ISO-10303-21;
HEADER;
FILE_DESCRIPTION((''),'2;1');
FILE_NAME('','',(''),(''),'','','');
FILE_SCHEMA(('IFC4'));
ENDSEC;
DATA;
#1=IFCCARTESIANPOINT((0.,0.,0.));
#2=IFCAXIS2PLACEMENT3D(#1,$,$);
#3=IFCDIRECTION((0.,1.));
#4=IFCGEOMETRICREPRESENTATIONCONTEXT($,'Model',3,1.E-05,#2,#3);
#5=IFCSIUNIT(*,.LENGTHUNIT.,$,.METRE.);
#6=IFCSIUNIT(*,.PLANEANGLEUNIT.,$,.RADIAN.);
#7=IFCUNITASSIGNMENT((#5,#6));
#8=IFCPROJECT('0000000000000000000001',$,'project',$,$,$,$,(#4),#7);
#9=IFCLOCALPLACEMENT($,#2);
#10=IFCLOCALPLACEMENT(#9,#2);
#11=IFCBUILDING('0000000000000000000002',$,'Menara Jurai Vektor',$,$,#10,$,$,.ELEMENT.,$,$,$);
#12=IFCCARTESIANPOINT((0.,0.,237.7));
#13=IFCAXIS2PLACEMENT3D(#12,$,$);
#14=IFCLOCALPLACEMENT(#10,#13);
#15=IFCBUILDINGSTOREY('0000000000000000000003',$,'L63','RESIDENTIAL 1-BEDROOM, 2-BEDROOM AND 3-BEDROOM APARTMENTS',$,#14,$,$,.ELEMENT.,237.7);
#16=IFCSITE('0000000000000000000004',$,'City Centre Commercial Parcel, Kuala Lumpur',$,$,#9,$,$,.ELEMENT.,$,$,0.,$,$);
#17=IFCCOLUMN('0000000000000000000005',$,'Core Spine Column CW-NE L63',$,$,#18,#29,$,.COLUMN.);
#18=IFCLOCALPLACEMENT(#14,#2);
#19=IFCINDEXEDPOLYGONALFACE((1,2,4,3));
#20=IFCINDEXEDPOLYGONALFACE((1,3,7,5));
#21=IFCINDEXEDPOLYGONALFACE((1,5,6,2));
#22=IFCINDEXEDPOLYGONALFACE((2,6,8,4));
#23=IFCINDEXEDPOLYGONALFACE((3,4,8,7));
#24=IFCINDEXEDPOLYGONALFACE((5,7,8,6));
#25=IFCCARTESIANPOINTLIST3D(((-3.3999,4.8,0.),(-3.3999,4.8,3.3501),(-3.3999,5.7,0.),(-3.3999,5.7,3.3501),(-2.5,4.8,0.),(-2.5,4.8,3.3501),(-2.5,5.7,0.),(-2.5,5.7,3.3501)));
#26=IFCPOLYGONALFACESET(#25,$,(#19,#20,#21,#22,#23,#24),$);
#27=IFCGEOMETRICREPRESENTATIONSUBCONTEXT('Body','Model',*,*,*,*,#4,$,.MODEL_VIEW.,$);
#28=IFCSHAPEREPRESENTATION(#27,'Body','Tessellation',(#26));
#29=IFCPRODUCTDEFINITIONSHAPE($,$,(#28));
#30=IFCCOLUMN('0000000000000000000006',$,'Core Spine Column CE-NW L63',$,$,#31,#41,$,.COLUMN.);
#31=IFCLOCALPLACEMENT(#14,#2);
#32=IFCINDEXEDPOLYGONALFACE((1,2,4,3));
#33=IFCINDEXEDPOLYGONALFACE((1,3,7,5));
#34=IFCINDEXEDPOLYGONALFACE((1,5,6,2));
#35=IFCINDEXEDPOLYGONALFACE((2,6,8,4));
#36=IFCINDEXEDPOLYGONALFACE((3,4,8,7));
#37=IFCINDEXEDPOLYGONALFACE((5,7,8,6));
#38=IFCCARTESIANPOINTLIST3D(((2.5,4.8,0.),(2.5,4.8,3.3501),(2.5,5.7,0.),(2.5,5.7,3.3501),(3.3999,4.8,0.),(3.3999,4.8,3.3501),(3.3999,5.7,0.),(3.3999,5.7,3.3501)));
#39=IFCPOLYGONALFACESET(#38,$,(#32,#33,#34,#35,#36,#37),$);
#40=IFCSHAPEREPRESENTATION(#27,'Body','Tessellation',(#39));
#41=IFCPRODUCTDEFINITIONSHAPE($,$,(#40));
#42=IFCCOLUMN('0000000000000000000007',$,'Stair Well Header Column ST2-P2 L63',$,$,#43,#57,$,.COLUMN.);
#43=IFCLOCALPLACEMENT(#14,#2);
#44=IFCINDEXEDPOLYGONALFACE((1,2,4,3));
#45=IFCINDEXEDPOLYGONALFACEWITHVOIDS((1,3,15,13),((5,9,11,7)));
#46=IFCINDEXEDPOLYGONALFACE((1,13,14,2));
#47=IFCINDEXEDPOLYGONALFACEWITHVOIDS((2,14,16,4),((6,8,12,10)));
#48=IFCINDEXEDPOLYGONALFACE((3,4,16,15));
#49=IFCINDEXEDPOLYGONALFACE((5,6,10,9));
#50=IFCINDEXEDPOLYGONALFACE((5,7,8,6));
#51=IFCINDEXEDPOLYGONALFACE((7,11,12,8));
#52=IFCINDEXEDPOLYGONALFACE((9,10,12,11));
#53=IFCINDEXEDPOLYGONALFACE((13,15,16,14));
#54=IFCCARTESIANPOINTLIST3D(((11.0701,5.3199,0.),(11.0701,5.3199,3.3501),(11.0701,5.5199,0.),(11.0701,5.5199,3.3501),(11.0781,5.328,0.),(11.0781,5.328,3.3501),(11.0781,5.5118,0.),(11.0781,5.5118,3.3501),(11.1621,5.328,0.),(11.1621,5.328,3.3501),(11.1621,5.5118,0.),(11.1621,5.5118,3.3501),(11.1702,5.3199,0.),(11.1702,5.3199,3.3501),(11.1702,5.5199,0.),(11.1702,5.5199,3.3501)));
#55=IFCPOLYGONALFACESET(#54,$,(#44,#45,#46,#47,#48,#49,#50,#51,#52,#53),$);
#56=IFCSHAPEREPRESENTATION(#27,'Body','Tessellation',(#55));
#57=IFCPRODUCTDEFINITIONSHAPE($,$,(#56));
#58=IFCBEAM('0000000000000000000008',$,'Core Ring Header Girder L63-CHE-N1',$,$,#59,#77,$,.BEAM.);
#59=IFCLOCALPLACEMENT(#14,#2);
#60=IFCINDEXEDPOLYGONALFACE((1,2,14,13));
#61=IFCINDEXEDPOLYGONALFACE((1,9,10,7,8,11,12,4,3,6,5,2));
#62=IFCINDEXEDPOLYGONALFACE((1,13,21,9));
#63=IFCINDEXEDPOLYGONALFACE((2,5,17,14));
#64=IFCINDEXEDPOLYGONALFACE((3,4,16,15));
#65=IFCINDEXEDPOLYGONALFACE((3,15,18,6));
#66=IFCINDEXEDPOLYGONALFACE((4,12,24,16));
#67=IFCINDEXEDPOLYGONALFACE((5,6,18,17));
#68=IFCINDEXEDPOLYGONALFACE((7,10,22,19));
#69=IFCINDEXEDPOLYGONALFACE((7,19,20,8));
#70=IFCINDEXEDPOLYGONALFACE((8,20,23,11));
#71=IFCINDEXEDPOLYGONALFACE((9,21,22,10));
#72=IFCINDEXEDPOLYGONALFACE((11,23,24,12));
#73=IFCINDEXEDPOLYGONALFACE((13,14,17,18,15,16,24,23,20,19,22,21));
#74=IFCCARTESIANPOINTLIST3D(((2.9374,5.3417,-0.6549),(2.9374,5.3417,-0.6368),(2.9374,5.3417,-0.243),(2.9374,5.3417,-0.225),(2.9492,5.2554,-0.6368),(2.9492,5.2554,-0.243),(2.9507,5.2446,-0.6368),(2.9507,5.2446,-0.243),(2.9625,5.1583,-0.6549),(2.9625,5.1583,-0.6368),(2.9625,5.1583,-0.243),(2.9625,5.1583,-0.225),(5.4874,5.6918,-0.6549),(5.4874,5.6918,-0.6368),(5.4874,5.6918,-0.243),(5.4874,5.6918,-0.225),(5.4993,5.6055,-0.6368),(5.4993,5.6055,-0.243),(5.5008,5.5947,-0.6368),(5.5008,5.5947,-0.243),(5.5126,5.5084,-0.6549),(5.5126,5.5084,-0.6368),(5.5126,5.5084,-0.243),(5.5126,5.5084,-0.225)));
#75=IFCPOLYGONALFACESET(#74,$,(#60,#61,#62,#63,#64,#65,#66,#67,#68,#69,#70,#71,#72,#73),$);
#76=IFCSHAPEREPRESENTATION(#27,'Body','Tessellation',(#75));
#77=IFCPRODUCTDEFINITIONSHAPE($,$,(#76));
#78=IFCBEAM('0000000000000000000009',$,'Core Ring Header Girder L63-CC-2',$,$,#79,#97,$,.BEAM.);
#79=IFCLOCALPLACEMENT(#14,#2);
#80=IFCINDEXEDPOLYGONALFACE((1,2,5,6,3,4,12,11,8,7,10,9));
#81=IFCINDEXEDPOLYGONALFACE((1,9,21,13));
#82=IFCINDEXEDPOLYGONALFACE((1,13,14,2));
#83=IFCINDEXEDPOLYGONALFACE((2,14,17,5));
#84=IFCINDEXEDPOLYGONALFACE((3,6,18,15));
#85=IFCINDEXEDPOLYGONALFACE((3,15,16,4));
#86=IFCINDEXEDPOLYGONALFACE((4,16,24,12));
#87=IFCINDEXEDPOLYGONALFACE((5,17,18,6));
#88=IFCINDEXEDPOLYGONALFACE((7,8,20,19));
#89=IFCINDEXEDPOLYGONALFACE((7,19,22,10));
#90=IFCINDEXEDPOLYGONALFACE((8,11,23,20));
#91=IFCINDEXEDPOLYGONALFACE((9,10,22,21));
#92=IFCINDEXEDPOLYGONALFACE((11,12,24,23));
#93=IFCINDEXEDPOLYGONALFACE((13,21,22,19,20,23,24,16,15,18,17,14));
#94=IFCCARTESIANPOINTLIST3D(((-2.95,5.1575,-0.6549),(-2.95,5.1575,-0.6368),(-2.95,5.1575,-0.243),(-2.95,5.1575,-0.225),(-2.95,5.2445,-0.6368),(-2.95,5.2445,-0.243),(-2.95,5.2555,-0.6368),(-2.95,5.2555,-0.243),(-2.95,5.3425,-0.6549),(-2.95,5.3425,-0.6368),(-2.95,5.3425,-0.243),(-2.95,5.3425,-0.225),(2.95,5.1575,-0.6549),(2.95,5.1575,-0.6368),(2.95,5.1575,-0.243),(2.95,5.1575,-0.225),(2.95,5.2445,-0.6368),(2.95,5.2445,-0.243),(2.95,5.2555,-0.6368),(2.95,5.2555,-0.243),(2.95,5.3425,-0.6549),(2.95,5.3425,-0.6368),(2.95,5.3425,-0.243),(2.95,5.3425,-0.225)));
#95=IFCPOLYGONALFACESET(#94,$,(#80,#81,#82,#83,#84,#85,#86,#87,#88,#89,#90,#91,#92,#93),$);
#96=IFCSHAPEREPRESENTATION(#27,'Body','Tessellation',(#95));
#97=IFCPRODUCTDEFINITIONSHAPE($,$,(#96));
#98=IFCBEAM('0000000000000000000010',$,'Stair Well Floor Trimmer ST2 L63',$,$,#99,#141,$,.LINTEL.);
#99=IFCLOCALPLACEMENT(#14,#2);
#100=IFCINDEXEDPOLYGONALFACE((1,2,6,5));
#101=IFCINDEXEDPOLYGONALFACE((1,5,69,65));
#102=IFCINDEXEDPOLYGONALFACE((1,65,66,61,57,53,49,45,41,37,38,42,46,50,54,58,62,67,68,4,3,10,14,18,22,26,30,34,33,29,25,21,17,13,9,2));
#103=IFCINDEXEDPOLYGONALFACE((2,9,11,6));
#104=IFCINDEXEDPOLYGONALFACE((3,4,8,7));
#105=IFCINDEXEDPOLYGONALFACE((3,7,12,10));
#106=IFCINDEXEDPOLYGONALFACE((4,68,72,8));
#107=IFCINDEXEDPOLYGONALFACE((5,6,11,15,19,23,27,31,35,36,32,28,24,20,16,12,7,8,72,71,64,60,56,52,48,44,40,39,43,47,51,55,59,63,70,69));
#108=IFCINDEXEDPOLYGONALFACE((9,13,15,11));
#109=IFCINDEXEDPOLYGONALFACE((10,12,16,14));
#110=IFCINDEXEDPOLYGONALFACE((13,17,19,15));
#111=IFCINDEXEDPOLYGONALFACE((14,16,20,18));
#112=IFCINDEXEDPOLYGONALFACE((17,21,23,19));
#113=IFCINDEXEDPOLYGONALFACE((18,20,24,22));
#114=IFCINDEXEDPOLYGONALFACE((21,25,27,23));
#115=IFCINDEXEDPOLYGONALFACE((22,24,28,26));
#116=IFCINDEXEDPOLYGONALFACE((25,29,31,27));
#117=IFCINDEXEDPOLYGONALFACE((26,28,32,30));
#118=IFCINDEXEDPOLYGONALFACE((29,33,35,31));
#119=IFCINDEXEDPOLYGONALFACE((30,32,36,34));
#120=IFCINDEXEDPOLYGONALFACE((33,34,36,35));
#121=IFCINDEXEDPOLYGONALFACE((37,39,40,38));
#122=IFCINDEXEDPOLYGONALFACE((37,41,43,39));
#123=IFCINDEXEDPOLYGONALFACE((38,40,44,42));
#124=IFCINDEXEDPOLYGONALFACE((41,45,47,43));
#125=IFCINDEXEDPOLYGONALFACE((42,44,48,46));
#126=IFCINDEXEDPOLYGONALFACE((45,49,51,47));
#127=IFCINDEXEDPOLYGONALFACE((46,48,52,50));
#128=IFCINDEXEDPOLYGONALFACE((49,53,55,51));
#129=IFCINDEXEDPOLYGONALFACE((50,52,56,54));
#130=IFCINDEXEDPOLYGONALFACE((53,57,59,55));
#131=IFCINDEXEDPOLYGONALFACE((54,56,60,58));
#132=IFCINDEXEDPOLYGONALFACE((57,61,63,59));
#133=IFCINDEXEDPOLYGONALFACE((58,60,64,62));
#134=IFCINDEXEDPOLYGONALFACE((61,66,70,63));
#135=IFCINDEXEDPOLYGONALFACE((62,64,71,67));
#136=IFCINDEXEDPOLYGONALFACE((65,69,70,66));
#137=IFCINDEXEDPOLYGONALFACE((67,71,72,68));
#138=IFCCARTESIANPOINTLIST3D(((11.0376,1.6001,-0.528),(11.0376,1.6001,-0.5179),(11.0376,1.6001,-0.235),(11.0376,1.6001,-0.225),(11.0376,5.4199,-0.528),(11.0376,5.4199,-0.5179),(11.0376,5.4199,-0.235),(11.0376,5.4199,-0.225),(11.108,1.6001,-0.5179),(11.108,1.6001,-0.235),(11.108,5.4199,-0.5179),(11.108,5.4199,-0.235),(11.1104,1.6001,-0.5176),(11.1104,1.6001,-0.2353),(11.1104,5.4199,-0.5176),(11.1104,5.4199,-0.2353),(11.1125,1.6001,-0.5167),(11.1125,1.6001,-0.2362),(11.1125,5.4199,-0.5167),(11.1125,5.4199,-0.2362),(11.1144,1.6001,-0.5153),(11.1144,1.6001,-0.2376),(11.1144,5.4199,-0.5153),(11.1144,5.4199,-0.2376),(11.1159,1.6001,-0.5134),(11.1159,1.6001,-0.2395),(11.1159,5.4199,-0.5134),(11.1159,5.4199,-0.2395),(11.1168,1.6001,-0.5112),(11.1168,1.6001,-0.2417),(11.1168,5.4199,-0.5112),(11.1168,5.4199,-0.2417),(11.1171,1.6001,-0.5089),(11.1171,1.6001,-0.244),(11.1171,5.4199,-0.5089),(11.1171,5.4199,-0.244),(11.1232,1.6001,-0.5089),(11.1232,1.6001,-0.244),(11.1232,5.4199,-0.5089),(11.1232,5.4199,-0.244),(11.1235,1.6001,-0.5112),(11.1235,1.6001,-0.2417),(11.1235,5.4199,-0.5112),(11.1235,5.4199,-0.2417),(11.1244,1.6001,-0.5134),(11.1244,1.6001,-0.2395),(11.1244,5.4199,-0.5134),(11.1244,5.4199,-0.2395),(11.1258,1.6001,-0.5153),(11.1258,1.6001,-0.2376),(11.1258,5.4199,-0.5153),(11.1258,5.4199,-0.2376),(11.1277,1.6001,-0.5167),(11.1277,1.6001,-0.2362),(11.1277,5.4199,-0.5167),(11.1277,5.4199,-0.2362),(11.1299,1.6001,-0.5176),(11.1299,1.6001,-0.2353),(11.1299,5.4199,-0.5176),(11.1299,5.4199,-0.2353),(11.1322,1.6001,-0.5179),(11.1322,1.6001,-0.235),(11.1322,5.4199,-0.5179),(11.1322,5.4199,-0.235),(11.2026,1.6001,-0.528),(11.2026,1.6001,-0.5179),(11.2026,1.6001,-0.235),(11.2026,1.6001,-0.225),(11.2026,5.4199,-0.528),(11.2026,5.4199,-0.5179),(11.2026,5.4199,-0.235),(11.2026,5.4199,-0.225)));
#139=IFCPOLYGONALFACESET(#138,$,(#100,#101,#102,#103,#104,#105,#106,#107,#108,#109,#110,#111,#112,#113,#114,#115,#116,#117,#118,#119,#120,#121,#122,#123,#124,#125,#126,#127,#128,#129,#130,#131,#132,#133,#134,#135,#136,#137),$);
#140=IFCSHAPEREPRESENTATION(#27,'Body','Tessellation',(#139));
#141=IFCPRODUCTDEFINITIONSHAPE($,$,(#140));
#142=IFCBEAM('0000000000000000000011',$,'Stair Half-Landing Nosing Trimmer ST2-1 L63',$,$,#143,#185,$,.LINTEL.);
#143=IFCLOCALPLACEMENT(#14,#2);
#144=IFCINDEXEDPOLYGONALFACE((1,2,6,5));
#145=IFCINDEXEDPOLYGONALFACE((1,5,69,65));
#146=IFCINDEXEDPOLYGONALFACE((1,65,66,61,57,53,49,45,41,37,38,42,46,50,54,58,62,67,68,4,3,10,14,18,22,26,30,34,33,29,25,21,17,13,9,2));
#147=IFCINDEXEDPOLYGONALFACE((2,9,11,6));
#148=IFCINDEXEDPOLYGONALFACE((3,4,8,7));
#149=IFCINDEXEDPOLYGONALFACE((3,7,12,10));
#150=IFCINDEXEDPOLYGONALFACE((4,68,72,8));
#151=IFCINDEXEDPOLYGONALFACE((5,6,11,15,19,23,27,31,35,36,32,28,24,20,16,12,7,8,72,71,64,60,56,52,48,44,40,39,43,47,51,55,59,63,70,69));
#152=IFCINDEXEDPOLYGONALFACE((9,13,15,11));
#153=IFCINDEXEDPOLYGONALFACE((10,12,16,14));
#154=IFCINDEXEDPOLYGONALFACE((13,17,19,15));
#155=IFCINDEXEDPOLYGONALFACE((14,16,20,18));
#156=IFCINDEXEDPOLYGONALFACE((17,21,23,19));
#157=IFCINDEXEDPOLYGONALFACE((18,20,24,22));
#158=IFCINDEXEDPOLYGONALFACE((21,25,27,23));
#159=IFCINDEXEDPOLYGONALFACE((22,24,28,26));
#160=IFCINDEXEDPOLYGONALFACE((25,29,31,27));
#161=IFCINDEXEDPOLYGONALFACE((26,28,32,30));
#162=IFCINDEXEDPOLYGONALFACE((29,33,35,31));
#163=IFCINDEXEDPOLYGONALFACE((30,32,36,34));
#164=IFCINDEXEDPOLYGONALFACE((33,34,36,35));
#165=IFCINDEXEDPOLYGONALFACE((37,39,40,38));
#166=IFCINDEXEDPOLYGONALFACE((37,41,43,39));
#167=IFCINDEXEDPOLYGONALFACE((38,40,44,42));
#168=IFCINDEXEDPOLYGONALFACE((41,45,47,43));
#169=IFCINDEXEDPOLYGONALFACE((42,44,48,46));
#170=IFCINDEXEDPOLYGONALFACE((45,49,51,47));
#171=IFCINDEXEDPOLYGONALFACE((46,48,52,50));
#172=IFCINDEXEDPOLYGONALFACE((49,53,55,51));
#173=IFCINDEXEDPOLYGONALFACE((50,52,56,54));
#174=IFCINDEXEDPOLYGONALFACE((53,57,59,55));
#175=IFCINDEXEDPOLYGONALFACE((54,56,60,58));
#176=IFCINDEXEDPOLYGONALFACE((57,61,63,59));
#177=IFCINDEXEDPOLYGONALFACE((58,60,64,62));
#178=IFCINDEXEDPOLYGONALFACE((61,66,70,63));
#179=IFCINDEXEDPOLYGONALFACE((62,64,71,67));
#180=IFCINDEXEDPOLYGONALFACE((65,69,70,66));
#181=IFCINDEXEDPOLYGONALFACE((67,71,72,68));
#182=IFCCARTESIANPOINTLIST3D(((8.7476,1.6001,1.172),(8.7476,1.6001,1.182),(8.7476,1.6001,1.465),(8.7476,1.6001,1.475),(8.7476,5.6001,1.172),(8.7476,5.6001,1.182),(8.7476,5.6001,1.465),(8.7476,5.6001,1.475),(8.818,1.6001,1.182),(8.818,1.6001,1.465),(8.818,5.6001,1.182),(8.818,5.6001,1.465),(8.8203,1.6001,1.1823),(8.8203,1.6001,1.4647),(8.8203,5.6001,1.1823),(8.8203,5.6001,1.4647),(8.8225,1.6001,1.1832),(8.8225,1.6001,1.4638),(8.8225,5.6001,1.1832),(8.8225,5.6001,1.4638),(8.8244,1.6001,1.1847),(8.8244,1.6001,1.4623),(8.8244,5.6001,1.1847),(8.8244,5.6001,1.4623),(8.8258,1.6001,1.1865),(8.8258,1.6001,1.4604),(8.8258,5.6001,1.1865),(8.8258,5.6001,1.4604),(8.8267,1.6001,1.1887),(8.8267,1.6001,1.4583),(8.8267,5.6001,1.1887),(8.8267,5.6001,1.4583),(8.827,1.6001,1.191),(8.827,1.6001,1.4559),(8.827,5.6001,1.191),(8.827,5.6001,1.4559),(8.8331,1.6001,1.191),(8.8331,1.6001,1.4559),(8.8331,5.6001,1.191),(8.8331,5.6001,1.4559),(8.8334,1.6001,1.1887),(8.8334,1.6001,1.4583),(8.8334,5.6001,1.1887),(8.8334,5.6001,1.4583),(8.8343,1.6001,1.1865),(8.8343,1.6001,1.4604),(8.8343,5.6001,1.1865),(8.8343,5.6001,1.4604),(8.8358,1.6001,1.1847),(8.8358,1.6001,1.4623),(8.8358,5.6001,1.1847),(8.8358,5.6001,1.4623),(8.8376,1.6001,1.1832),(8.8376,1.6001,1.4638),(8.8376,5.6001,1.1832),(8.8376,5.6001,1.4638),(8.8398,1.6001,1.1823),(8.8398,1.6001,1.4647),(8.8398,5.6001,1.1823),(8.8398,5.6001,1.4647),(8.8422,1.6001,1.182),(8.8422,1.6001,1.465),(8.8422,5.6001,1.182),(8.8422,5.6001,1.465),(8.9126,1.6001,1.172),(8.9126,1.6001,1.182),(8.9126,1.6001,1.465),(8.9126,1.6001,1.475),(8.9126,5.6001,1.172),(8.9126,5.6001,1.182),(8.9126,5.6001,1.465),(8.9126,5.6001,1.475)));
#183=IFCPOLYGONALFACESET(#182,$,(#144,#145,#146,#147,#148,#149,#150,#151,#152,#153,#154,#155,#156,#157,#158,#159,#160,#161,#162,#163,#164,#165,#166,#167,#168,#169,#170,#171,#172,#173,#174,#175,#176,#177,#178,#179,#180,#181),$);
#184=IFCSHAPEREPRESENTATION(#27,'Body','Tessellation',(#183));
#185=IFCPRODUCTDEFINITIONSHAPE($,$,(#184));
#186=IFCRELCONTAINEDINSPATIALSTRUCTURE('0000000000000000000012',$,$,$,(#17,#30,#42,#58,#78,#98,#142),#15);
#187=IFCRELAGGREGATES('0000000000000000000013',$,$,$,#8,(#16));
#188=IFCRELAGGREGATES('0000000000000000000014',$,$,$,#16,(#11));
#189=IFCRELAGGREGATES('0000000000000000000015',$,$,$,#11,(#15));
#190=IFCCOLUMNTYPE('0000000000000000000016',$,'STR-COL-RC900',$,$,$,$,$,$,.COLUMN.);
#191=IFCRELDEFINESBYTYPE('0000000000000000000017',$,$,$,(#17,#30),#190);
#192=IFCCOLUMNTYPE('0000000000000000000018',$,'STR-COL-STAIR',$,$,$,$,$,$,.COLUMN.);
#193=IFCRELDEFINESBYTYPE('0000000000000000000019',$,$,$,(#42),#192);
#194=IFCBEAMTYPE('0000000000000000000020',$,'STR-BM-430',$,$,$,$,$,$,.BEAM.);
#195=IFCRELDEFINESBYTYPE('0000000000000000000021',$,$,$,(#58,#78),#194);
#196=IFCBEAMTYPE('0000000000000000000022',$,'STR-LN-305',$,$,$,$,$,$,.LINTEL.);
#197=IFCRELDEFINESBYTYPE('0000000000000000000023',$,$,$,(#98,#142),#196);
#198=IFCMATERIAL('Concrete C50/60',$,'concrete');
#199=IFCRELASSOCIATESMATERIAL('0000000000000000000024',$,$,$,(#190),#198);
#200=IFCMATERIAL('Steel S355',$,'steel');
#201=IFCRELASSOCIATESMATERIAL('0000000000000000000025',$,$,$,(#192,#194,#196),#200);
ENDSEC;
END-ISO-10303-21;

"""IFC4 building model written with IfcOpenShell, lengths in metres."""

from ifc_helpers import new_model, si_unit, direction, frame, origin, origin_2d, place, context, subcontext, project, spatial, rectangle, hollow_rectangle, i_section, extrude, material, material_profile, profile_set, type_object, element, save


model = new_model("IFC4")

# Units and contexts
model_context = context("Model", 3, precision=1e-05, world=origin(), true_north=direction((0.0, 1.0)))
body_context = subcontext(model_context, "Body", "Model", "MODEL_VIEW")
ifc_project = project(units=[si_unit("LENGTHUNIT", "METRE"), si_unit("PLANEANGLEUNIT", "RADIAN")], contexts=[model_context])

# Site, building, storey
site_placement = place(None, origin())
site = spatial("IfcSite", under=ifc_project, at=site_placement, Name="City Centre Commercial Parcel, Kuala Lumpur", CompositionType="ELEMENT", RefElevation=0.0)
building_placement = place(site_placement, origin())
building = spatial("IfcBuilding", under=site, at=building_placement, Name="Menara Jurai Vektor", CompositionType="ELEMENT")
storey_placement = place(building_placement, frame((0.0, 0.0, 237.7)))
storey = spatial("IfcBuildingStorey", under=building, at=storey_placement, Name="L63", Description="RESIDENTIAL 1-BEDROOM, 2-BEDROOM AND 3-BEDROOM APARTMENTS", CompositionType="ELEMENT", Elevation=237.7)

# Columns
ifc_material_1 = material(Name="Concrete C50/60", Category="concrete")
ifc_material_profile_1 = material_profile(ifc_material_1, rectangle(XDim=0.8999, YDim=0.8999, at=origin_2d()), Name="RC 900x900")
ifc_profile_set_1 = profile_set([ifc_material_profile_1], Name="Concrete C50/60")
column_type_1 = type_object("IfcColumnType", Name="STR-COL-RC900", PredefinedType="COLUMN", material=ifc_profile_set_1)
for number, where, z_axis, x_axis, name in (
    (1, (-2.95, 5.25, 0.0), (0.0, 0.0, 1.0), (1.0, 0.0, 0.0), "Core Spine Column CW-NE L63"),
    (2, (2.95, 5.25, 0.0), (0.0, 0.0, 1.0), (1.0, 0.0, 0.0), "Core Spine Column CE-NW L63"),
):
    element("IfcColumn", number, at=place(storey_placement, frame(where, z_axis=z_axis, x_axis=x_axis)), inside=storey, type_object=column_type_1, Name=name, PredefinedType="COLUMN", context=body_context, shape_type="SweptSolid", body=[
        extrude(rectangle(XDim=0.8999, YDim=0.8999, at=origin_2d()), origin(), (0.0, 0.0, 1.0), 3.3501),
    ])
ifc_material_2 = material(Name="Steel S355", Category="steel")
ifc_material_profile_2 = material_profile(ifc_material_2, hollow_rectangle(XDim=0.1001, YDim=0.2, WallThickness=0.0081, at=origin_2d()), Name="RHS 200x100x8")
ifc_profile_set_2 = profile_set([ifc_material_profile_2], Name="Steel S355")
column_type_2 = type_object("IfcColumnType", Name="STR-COL-STAIR", PredefinedType="COLUMN", material=ifc_profile_set_2)
column_placement = place(storey_placement, frame((11.1201, 5.4199, 0.0), z_axis=(0.0, 0.0, 1.0), x_axis=(1.0, 0.0, 0.0)))
element("IfcColumn", 3, at=column_placement, inside=storey, type_object=column_type_2, Name="Stair Well Header Column ST2-P2 L63", PredefinedType="COLUMN", context=body_context, shape_type="SweptSolid", body=[
    extrude(hollow_rectangle(XDim=0.1001, YDim=0.2, WallThickness=0.0081, at=origin_2d()), origin(), (0.0, 0.0, 1.0), 3.3501),
])

# Beams
ifc_material_profile_3 = material_profile(ifc_material_2, i_section(OverallWidth=0.1851, OverallDepth=0.4299, WebThickness=0.011, FlangeThickness=0.0181, at=origin_2d()), Name="PG 430x185x76")
ifc_profile_set_3 = profile_set([ifc_material_profile_3], Name="Steel S355")
beam_type_1 = type_object("IfcBeamType", Name="STR-BM-430", PredefinedType="BEAM", material=ifc_profile_set_3)
beam_1_placement = place(storey_placement, frame((2.95, 5.25, -0.4399), z_axis=(0.990707, 0.136015, 0.0), x_axis=(-0.136015, 0.990707, 0.0)))
element("IfcBeam", 4, at=beam_1_placement, inside=storey, type_object=beam_type_1, Name="Core Ring Header Girder L63-CHE-N1", PredefinedType="BEAM", context=body_context, shape_type="SweptSolid", body=[
    extrude(i_section(OverallWidth=0.1851, OverallDepth=0.4299, WebThickness=0.011, FlangeThickness=0.0181, at=origin_2d()), origin(), (0.0, 0.0, 1.0), 2.574),
])
beam_2_placement = place(storey_placement, frame((-2.95, 5.25, -0.4399), z_axis=(1.0, 0.0, 0.0), x_axis=(0.0, 1.0, 0.0)))
element("IfcBeam", 5, at=beam_2_placement, inside=storey, type_object=beam_type_1, Name="Core Ring Header Girder L63-CC-2", PredefinedType="BEAM", context=body_context, shape_type="SweptSolid", body=[
    extrude(i_section(OverallWidth=0.1851, OverallDepth=0.4299, WebThickness=0.011, FlangeThickness=0.0181, at=origin_2d()), origin(), (0.0, 0.0, 1.0), 5.8999),
])
ifc_material_profile_4 = material_profile(ifc_material_2, i_section(OverallWidth=0.165, OverallDepth=0.303, WebThickness=0.0061, FlangeThickness=0.01, FilletRadius=0.009, at=origin_2d()), Name="UKB 305x165x40")
ifc_profile_set_4 = profile_set([ifc_material_profile_4], Name="Steel S355")
beam_type_2 = type_object("IfcBeamType", Name="STR-LN-305", PredefinedType="LINTEL", material=ifc_profile_set_4)
beam_3_placement = place(storey_placement, frame((11.1201, 1.6001, -0.3765), z_axis=(0.0, 1.0, 0.0), x_axis=(-1.0, 0.0, 0.0)))
element("IfcBeam", 6, at=beam_3_placement, inside=storey, type_object=beam_type_2, Name="Stair Well Floor Trimmer ST2 L63", PredefinedType="LINTEL", context=body_context, shape_type="SweptSolid", body=[
    extrude(i_section(OverallWidth=0.165, OverallDepth=0.303, WebThickness=0.0061, FlangeThickness=0.01, FilletRadius=0.009, at=origin_2d()), origin(), (0.0, 0.0, 1.0), 3.8198),
])
beam_4_placement = place(storey_placement, frame((8.8301, 1.6001, 1.3235), z_axis=(0.0, 1.0, 0.0), x_axis=(-1.0, 0.0, 0.0)))
element("IfcBeam", 7, at=beam_4_placement, inside=storey, type_object=beam_type_2, Name="Stair Half-Landing Nosing Trimmer ST2-1 L63", PredefinedType="LINTEL", context=body_context, shape_type="SweptSolid", body=[
    extrude(i_section(OverallWidth=0.165, OverallDepth=0.303, WebThickness=0.0061, FlangeThickness=0.01, FilletRadius=0.009, at=origin_2d()), origin(), (0.0, 0.0, 1.0), 4.0),
])

save(model, "model.ifc")
